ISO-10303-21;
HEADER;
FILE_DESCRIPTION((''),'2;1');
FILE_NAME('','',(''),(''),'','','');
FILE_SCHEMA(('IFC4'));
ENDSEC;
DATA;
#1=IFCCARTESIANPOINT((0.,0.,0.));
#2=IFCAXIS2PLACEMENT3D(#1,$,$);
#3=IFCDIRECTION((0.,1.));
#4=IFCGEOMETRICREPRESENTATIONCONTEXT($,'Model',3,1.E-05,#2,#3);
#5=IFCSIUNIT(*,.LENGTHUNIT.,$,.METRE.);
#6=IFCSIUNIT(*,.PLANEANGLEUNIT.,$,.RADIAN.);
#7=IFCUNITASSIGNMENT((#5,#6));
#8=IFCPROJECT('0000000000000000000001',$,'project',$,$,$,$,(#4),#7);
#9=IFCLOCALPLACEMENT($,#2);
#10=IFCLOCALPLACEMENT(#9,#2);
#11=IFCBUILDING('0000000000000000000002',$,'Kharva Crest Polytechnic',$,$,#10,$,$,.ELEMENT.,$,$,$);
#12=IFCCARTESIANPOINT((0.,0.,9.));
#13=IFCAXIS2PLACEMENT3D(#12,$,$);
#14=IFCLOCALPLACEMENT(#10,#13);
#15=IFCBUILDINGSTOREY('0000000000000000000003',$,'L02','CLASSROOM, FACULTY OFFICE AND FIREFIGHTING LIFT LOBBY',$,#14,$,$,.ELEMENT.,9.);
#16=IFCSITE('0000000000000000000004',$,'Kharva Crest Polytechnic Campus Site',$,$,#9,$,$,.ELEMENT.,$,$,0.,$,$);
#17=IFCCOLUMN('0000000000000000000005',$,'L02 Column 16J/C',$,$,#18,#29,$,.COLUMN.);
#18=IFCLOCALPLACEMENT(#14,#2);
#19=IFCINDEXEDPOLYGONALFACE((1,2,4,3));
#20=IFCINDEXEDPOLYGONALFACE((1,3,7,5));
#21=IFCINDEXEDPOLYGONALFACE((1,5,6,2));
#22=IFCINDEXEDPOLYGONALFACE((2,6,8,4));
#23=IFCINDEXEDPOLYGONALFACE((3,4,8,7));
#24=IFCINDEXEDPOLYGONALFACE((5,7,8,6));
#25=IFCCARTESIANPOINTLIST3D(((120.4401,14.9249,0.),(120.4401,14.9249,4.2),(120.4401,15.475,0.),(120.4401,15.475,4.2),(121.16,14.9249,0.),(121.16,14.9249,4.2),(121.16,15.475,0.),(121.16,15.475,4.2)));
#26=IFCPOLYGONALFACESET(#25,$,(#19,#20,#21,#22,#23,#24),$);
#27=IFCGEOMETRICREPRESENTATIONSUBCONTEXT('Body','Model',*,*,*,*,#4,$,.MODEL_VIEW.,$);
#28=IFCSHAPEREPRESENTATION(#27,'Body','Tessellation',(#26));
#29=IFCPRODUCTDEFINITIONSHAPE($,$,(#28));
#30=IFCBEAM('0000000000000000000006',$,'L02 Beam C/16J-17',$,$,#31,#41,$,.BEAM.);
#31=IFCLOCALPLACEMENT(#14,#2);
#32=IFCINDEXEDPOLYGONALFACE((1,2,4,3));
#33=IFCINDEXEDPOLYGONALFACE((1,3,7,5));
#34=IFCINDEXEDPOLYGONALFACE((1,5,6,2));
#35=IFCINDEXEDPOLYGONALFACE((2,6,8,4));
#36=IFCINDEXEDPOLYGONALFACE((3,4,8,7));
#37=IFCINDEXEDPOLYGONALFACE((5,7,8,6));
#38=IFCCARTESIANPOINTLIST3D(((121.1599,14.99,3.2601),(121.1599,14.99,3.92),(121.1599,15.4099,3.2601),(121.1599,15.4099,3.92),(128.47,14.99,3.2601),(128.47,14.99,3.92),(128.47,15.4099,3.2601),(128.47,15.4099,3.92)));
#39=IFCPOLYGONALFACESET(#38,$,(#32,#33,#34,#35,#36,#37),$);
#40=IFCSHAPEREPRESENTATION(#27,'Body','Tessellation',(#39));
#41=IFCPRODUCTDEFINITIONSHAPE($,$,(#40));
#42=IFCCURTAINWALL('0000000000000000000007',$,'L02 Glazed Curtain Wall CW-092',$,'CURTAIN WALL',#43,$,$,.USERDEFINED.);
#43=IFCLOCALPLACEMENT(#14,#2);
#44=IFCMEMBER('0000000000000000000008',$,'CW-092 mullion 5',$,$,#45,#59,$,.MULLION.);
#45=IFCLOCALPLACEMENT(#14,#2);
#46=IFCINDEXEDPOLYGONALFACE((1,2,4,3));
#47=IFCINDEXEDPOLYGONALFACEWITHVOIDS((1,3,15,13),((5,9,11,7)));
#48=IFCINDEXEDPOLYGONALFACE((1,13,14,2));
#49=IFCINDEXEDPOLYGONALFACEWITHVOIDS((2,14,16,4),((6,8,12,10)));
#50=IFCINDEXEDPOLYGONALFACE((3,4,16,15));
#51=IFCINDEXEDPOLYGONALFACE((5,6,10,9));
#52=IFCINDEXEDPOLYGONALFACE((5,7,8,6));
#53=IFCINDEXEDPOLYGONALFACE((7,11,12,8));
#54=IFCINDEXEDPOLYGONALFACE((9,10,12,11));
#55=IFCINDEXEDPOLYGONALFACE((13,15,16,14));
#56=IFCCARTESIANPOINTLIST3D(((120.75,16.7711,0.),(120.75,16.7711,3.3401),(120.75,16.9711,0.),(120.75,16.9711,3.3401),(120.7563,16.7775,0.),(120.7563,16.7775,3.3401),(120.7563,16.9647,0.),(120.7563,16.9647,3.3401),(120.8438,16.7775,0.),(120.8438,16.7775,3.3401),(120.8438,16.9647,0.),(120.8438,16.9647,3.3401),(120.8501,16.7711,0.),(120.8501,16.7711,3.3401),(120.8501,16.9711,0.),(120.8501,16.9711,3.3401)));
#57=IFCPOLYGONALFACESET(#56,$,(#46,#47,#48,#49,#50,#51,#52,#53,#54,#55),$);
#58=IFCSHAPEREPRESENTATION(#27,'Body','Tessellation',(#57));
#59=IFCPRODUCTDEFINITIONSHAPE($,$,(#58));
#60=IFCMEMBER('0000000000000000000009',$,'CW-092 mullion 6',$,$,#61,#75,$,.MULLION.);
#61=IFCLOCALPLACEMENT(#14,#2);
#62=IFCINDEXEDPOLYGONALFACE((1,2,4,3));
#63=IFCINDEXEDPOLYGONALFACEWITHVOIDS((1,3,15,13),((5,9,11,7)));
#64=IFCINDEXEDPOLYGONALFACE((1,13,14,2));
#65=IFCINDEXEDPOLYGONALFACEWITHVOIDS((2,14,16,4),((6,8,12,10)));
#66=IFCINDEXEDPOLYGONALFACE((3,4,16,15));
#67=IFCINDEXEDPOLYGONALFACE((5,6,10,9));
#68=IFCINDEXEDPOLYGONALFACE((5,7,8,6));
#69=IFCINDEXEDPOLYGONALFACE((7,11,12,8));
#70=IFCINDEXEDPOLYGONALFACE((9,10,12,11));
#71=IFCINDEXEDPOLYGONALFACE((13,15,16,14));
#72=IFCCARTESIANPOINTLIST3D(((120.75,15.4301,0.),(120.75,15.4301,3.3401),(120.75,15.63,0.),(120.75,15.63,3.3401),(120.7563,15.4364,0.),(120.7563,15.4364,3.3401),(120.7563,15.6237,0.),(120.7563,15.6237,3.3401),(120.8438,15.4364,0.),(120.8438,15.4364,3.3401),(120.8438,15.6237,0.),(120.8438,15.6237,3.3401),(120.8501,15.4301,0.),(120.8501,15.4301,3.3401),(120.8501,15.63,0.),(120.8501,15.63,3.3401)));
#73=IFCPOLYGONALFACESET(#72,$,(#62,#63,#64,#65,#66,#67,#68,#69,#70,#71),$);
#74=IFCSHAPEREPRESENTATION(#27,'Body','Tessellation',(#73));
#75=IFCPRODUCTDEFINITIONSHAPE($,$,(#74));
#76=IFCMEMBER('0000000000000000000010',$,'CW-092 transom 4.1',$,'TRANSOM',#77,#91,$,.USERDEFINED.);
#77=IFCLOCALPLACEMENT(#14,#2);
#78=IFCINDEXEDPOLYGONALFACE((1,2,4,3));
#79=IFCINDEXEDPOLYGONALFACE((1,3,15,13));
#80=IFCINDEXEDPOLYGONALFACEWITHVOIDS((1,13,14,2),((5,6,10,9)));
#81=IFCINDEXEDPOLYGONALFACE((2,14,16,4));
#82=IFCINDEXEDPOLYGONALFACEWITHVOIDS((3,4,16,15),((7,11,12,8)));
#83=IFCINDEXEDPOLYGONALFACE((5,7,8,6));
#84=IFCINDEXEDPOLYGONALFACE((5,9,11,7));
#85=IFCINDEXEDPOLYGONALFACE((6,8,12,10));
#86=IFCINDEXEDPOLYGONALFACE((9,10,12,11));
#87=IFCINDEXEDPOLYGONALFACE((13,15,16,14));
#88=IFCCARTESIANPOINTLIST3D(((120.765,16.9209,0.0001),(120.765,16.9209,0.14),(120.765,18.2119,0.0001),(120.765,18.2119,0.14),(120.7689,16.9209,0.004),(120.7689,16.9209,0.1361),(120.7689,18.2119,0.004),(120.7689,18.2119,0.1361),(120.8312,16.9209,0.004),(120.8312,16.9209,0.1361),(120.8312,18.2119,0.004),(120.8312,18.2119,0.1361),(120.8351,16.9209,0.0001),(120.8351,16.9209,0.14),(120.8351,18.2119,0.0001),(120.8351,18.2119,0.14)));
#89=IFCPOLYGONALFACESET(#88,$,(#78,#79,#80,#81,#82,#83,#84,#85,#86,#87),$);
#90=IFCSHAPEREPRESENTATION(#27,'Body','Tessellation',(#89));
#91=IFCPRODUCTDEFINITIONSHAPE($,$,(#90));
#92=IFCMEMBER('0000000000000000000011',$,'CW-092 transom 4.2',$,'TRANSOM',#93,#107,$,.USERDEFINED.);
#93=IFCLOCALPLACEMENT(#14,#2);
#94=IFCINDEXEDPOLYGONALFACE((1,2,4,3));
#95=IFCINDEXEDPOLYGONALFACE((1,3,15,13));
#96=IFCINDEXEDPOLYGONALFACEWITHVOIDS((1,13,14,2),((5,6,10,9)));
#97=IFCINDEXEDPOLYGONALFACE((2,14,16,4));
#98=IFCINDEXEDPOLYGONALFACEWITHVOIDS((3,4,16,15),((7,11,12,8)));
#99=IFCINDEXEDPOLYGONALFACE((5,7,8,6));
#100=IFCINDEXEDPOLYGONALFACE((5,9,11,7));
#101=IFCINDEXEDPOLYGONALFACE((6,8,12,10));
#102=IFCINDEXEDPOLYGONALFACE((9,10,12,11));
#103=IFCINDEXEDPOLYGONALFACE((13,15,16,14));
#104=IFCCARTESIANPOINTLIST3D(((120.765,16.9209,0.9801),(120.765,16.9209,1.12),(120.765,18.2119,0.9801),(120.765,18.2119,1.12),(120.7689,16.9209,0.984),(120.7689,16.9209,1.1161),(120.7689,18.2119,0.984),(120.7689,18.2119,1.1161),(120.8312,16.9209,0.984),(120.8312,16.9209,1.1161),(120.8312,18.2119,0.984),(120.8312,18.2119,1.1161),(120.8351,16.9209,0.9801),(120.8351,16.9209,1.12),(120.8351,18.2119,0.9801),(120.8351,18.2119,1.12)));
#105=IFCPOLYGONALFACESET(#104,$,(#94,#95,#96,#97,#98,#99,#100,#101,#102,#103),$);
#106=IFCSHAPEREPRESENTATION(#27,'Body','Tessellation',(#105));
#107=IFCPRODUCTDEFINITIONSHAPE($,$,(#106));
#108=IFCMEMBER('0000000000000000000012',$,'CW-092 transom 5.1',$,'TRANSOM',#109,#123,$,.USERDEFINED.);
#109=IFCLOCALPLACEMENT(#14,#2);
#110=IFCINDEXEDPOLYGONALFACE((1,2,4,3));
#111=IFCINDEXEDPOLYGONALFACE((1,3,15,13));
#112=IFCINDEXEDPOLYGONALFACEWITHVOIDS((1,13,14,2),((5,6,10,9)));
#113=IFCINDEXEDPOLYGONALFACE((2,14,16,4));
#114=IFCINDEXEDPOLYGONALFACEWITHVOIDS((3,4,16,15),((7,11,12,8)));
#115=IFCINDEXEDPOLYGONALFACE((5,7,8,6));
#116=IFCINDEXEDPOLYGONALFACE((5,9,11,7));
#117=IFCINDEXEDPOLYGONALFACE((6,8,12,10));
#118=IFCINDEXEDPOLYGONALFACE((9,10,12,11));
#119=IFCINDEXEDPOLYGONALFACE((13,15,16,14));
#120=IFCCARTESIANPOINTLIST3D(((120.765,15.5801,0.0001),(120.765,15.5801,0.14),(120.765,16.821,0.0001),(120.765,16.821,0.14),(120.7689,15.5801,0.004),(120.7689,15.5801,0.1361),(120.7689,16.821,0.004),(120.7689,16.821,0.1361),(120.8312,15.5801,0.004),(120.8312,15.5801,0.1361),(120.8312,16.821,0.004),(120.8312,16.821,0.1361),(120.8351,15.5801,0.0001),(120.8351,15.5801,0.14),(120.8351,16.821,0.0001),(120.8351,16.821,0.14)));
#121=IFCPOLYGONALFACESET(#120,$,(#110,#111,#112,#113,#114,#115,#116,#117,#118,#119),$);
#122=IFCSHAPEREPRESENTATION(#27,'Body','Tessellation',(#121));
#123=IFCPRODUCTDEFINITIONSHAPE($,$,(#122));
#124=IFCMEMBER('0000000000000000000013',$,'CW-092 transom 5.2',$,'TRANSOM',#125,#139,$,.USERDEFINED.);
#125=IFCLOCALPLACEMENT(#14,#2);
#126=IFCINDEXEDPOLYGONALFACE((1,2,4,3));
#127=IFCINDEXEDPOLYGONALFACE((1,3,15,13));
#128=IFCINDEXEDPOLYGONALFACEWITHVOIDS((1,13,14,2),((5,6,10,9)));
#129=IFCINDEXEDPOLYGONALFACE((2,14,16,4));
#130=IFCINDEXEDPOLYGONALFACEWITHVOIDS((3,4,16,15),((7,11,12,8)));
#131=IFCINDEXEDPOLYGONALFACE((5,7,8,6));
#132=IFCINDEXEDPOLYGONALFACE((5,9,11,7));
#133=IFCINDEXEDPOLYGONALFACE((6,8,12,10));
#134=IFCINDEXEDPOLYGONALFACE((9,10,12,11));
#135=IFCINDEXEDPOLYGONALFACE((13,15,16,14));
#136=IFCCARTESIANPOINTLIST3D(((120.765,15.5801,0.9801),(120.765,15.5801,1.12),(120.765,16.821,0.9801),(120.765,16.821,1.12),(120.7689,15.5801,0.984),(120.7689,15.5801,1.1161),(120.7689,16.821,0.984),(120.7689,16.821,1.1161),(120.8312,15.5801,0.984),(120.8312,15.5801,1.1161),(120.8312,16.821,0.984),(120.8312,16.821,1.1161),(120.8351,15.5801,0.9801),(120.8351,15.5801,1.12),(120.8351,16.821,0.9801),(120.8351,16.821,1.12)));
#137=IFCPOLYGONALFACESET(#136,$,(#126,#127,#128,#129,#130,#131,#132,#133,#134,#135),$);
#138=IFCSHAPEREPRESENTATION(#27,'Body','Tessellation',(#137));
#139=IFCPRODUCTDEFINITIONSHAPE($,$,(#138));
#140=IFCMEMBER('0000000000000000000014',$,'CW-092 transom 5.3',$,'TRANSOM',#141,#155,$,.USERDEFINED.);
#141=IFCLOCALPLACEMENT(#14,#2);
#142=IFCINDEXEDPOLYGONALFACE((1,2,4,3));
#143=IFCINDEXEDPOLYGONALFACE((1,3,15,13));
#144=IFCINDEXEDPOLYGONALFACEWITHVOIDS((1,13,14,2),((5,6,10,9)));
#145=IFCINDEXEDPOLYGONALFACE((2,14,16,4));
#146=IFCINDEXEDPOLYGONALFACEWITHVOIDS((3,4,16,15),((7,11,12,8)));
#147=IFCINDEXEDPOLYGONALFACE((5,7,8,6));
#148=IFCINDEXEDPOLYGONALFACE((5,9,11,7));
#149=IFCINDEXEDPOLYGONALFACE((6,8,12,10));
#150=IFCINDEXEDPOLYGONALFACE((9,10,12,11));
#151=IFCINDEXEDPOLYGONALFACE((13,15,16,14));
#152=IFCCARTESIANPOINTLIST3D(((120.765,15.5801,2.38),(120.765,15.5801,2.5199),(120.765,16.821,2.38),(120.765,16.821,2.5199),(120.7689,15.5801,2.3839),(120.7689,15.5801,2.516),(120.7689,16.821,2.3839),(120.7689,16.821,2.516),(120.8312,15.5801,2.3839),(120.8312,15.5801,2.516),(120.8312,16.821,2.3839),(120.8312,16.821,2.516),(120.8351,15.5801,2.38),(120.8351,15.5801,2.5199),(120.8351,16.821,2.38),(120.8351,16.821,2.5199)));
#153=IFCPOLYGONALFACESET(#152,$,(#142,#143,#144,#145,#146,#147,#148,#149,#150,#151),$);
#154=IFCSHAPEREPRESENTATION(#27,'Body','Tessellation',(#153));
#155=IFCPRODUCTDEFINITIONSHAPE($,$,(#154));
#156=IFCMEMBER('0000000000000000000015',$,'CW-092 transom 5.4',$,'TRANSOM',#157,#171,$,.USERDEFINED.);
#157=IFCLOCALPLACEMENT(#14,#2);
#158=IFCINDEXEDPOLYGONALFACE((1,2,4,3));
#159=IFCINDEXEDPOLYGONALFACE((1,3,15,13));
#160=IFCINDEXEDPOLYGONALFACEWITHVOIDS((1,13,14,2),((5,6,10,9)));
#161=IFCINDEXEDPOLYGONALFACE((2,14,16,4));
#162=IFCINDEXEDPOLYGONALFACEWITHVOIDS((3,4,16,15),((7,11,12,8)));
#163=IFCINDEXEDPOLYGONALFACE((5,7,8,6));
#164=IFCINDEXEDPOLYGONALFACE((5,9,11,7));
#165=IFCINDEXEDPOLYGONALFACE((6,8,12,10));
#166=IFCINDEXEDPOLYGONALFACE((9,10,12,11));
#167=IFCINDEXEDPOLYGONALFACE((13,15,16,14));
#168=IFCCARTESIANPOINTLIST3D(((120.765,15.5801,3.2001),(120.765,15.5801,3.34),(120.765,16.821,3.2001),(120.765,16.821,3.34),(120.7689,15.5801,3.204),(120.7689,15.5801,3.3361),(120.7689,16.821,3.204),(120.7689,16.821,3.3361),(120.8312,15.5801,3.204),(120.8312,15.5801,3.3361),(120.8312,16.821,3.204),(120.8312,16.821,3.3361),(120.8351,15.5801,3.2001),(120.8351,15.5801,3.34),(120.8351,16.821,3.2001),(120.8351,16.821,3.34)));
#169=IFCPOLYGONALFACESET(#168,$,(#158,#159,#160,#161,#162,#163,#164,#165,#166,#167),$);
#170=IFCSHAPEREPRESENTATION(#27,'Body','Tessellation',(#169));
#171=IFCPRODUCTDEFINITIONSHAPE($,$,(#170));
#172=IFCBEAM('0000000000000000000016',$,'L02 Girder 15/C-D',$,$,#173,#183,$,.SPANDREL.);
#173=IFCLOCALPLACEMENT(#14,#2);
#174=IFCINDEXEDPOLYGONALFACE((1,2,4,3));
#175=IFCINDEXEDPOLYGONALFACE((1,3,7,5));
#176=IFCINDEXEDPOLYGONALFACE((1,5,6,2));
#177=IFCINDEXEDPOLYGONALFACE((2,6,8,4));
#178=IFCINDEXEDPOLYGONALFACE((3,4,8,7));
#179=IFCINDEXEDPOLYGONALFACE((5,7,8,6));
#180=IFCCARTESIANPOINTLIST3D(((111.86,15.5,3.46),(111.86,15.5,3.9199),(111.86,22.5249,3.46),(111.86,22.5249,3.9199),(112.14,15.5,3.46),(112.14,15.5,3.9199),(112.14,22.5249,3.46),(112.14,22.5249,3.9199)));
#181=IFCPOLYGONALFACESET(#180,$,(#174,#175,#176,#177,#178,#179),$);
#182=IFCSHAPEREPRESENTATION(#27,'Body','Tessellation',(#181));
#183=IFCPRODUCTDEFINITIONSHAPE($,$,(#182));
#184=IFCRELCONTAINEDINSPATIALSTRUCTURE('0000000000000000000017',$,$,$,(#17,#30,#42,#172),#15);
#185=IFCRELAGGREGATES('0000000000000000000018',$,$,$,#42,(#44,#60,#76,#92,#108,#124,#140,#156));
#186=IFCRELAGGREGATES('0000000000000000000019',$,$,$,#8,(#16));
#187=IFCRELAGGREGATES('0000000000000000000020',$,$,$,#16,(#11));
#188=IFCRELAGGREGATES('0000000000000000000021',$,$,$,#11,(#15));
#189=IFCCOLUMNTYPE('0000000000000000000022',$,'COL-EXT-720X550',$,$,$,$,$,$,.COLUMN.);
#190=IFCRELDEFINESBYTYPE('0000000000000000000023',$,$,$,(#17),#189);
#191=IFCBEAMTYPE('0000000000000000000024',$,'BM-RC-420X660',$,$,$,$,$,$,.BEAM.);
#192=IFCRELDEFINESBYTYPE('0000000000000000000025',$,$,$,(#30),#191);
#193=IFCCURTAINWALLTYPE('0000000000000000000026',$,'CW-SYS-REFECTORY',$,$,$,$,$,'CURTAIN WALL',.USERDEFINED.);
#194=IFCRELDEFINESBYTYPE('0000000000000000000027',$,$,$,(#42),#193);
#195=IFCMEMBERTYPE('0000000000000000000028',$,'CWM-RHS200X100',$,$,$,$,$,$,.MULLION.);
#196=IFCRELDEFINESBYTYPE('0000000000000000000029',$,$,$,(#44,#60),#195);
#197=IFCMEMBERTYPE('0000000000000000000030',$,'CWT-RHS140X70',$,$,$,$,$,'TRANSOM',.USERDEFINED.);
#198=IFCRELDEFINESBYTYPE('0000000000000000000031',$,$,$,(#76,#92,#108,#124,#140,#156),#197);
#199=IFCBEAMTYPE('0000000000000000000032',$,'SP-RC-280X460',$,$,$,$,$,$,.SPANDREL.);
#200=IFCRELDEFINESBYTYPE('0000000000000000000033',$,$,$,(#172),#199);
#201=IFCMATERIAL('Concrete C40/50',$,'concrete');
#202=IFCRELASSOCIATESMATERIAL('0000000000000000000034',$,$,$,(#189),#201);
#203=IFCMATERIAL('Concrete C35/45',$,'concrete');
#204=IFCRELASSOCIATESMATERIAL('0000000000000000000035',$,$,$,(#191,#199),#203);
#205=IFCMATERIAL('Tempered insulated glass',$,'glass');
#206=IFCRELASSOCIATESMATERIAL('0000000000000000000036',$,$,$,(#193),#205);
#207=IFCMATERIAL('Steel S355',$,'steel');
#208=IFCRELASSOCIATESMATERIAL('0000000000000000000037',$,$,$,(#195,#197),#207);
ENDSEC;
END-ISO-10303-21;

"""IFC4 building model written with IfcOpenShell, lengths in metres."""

from ifc_helpers import new_model, si_unit, direction, frame, origin, origin_2d, place, context, subcontext, project, spatial, rectangle, hollow_rectangle, extrude, material, material_profile, profile_set, type_object, element, aggregate, save


model = new_model("IFC4")

# Units and contexts
model_context = context("Model", 3, precision=1e-05, world=origin(), true_north=direction((0.0, 1.0)))
body_context = subcontext(model_context, "Body", "Model", "MODEL_VIEW")
ifc_project = project(units=[si_unit("LENGTHUNIT", "METRE"), si_unit("PLANEANGLEUNIT", "RADIAN")], contexts=[model_context])

# Site, building, storey
site_placement = place(None, origin())
site = spatial("IfcSite", under=ifc_project, at=site_placement, Name="Kharva Crest Polytechnic Campus Site", CompositionType="ELEMENT", RefElevation=0.0)
building_placement = place(site_placement, origin())
building = spatial("IfcBuilding", under=site, at=building_placement, Name="Kharva Crest Polytechnic", CompositionType="ELEMENT")
storey_placement = place(building_placement, frame((0.0, 0.0, 9.0)))
storey = spatial("IfcBuildingStorey", under=building, at=storey_placement, Name="L02", Description="CLASSROOM, FACULTY OFFICE AND FIREFIGHTING LIFT LOBBY", CompositionType="ELEMENT", Elevation=9.0)

# Column
ifc_material_1 = material(Name="Concrete C40/50", Category="concrete")
ifc_material_profile_1 = material_profile(ifc_material_1, rectangle(XDim=0.72, YDim=0.55, at=origin_2d()), Name="RECT 720 X 550")
ifc_profile_set_1 = profile_set([ifc_material_profile_1], Name="Concrete C40/50")
column_type = type_object("IfcColumnType", Name="COL-EXT-720X550", PredefinedType="COLUMN", material=ifc_profile_set_1)
column_placement = place(storey_placement, frame((120.8, 15.2, 0.0), z_axis=(0.0, 0.0, 1.0), x_axis=(1.0, 0.0, 0.0)))
element("IfcColumn", 1, at=column_placement, inside=storey, type_object=column_type, Name="L02 Column 16J/C", PredefinedType="COLUMN", context=body_context, shape_type="SweptSolid", body=[
    extrude(rectangle(XDim=0.72, YDim=0.55, at=origin_2d()), origin(), (0.0, 0.0, 1.0), 4.2),
])

# Beam
ifc_material_2 = material(Name="Concrete C35/45", Category="concrete")
ifc_material_profile_2 = material_profile(ifc_material_2, rectangle(XDim=0.4199, YDim=0.6599, at=origin_2d()), Name="RECT 420 X 660")
ifc_profile_set_2 = profile_set([ifc_material_profile_2], Name="Concrete C35/45")
beam_type_1 = type_object("IfcBeamType", Name="BM-RC-420X660", PredefinedType="BEAM", material=ifc_profile_set_2)
beam_1_placement = place(storey_placement, frame((121.1599, 15.2, 3.5901), z_axis=(1.0, 0.0, 0.0), x_axis=(0.0, 1.0, 0.0)))
element("IfcBeam", 2, at=beam_1_placement, inside=storey, type_object=beam_type_1, Name="L02 Beam C/16J-17", PredefinedType="BEAM", context=body_context, shape_type="SweptSolid", body=[
    extrude(rectangle(XDim=0.4199, YDim=0.6599, at=origin_2d()), origin(), (0.0, 0.0, 1.0), 7.3101),
])

# Curtain wall, members
ifc_material_3 = material(Name="Tempered insulated glass", Category="glass")
curtain_wall_type = type_object("IfcCurtainWallType", Name="CW-SYS-REFECTORY", ElementType="CURTAIN WALL", PredefinedType="USERDEFINED", material=ifc_material_3)
curtain_wall_placement = place(storey_placement, origin())
curtain_wall = element("IfcCurtainWall", 3, at=curtain_wall_placement, inside=storey, type_object=curtain_wall_type, Name="L02 Glazed Curtain Wall CW-092", ObjectType="CURTAIN WALL", PredefinedType="USERDEFINED")
ifc_material_4 = material(Name="Steel S355", Category="steel")
ifc_material_profile_3 = material_profile(ifc_material_4, hollow_rectangle(XDim=0.1001, YDim=0.2, WallThickness=0.0063, at=origin_2d()), Name="RHS 200X100X6.3")
ifc_profile_set_3 = profile_set([ifc_material_profile_3], Name="Steel S355")
member_type_1 = type_object("IfcMemberType", Name="CWM-RHS200X100", PredefinedType="MULLION", material=ifc_profile_set_3)
member_1_placement = place(storey_placement, frame((120.8, 16.8711, 0.0), z_axis=(0.0, 0.0, 1.0), x_axis=(1.0, 0.0, 0.0)))
member_1 = element("IfcMember", 4, at=member_1_placement, type_object=member_type_1, Name="CW-092 mullion 5", PredefinedType="MULLION", context=body_context, shape_type="SweptSolid", body=[
    extrude(hollow_rectangle(XDim=0.1001, YDim=0.2, WallThickness=0.0063, at=origin_2d()), origin(), (0.0, 0.0, 1.0), 3.3401),
])
member_2_placement = place(storey_placement, frame((120.8, 15.53, 0.0), z_axis=(0.0, 0.0, 1.0), x_axis=(1.0, 0.0, 0.0)))
member_2 = element("IfcMember", 5, at=member_2_placement, type_object=member_type_1, Name="CW-092 mullion 6", PredefinedType="MULLION", context=body_context, shape_type="SweptSolid", body=[
    extrude(hollow_rectangle(XDim=0.1001, YDim=0.2, WallThickness=0.0063, at=origin_2d()), origin(), (0.0, 0.0, 1.0), 3.3401),
])
ifc_material_profile_4 = material_profile(ifc_material_4, hollow_rectangle(XDim=0.0701, YDim=0.1399, WallThickness=0.0039, at=origin_2d()), Name="RHS 140X70X4.0")
ifc_profile_set_4 = profile_set([ifc_material_profile_4], Name="Steel S355")
member_type_2 = type_object("IfcMemberType", Name="CWT-RHS140X70", ElementType="TRANSOM", PredefinedType="USERDEFINED", material=ifc_profile_set_4)
member_3_placement = place(storey_placement, frame((120.8, 18.2119, 0.0701), z_axis=(0.0, -1.0, 0.0), x_axis=(1.0, 0.0, 0.0)))
member_3 = element("IfcMember", 6, at=member_3_placement, type_object=member_type_2, Name="CW-092 transom 4.1", ObjectType="TRANSOM", PredefinedType="USERDEFINED", context=body_context, shape_type="SweptSolid", body=[
    extrude(hollow_rectangle(XDim=0.0701, YDim=0.1399, WallThickness=0.0039, at=origin_2d()), origin(), (0.0, 0.0, 1.0), 1.291),
])
member_4_placement = place(storey_placement, frame((120.8, 18.2119, 1.05), z_axis=(0.0, -1.0, 0.0), x_axis=(1.0, 0.0, 0.0)))
member_4 = element("IfcMember", 7, at=member_4_placement, type_object=member_type_2, Name="CW-092 transom 4.2", ObjectType="TRANSOM", PredefinedType="USERDEFINED", context=body_context, shape_type="SweptSolid", body=[
    extrude(hollow_rectangle(XDim=0.0701, YDim=0.1399, WallThickness=0.0039, at=origin_2d()), origin(), (0.0, 0.0, 1.0), 1.291),
])
member_5_placement = place(storey_placement, frame((120.8, 16.821, 0.0701), z_axis=(0.0, -1.0, 0.0), x_axis=(1.0, 0.0, 0.0)))
member_5 = element("IfcMember", 8, at=member_5_placement, type_object=member_type_2, Name="CW-092 transom 5.1", ObjectType="TRANSOM", PredefinedType="USERDEFINED", context=body_context, shape_type="SweptSolid", body=[
    extrude(hollow_rectangle(XDim=0.0701, YDim=0.1399, WallThickness=0.0039, at=origin_2d()), origin(), (0.0, 0.0, 1.0), 1.241),
])
member_6_placement = place(storey_placement, frame((120.8, 16.821, 1.05), z_axis=(0.0, -1.0, 0.0), x_axis=(1.0, 0.0, 0.0)))
member_6 = element("IfcMember", 9, at=member_6_placement, type_object=member_type_2, Name="CW-092 transom 5.2", ObjectType="TRANSOM", PredefinedType="USERDEFINED", context=body_context, shape_type="SweptSolid", body=[
    extrude(hollow_rectangle(XDim=0.0701, YDim=0.1399, WallThickness=0.0039, at=origin_2d()), origin(), (0.0, 0.0, 1.0), 1.241),
])
member_7_placement = place(storey_placement, frame((120.8, 16.821, 2.45), z_axis=(0.0, -1.0, 0.0), x_axis=(1.0, 0.0, 0.0)))
member_7 = element("IfcMember", 10, at=member_7_placement, type_object=member_type_2, Name="CW-092 transom 5.3", ObjectType="TRANSOM", PredefinedType="USERDEFINED", context=body_context, shape_type="SweptSolid", body=[
    extrude(hollow_rectangle(XDim=0.0701, YDim=0.1399, WallThickness=0.0039, at=origin_2d()), origin(), (0.0, 0.0, 1.0), 1.241),
])
member_8_placement = place(storey_placement, frame((120.8, 16.821, 3.27), z_axis=(0.0, -1.0, 0.0), x_axis=(1.0, 0.0, 0.0)))
member_8 = element("IfcMember", 11, at=member_8_placement, type_object=member_type_2, Name="CW-092 transom 5.4", ObjectType="TRANSOM", PredefinedType="USERDEFINED", context=body_context, shape_type="SweptSolid", body=[
    extrude(hollow_rectangle(XDim=0.0701, YDim=0.1399, WallThickness=0.0039, at=origin_2d()), origin(), (0.0, 0.0, 1.0), 1.241),
])

# Beam
ifc_material_profile_5 = material_profile(ifc_material_2, rectangle(XDim=0.28, YDim=0.46, at=origin_2d()), Name="RECT 280 X 460")
ifc_profile_set_5 = profile_set([ifc_material_profile_5], Name="Concrete C35/45")
beam_type_2 = type_object("IfcBeamType", Name="SP-RC-280X460", PredefinedType="SPANDREL", material=ifc_profile_set_5)
beam_2_placement = place(storey_placement, frame((112.0, 15.5, 3.6899), z_axis=(0.0, 1.0, 0.0), x_axis=(-1.0, 0.0, 0.0)))
element("IfcBeam", 12, at=beam_2_placement, inside=storey, type_object=beam_type_2, Name="L02 Girder 15/C-D", PredefinedType="SPANDREL", context=body_context, shape_type="SweptSolid", body=[
    extrude(rectangle(XDim=0.28, YDim=0.46, at=origin_2d()), origin(), (0.0, 0.0, 1.0), 7.0249),
])

aggregate(curtain_wall, [member_1, member_2, member_3, member_4, member_5, member_6, member_7, member_8])

save(model, "model.ifc")
